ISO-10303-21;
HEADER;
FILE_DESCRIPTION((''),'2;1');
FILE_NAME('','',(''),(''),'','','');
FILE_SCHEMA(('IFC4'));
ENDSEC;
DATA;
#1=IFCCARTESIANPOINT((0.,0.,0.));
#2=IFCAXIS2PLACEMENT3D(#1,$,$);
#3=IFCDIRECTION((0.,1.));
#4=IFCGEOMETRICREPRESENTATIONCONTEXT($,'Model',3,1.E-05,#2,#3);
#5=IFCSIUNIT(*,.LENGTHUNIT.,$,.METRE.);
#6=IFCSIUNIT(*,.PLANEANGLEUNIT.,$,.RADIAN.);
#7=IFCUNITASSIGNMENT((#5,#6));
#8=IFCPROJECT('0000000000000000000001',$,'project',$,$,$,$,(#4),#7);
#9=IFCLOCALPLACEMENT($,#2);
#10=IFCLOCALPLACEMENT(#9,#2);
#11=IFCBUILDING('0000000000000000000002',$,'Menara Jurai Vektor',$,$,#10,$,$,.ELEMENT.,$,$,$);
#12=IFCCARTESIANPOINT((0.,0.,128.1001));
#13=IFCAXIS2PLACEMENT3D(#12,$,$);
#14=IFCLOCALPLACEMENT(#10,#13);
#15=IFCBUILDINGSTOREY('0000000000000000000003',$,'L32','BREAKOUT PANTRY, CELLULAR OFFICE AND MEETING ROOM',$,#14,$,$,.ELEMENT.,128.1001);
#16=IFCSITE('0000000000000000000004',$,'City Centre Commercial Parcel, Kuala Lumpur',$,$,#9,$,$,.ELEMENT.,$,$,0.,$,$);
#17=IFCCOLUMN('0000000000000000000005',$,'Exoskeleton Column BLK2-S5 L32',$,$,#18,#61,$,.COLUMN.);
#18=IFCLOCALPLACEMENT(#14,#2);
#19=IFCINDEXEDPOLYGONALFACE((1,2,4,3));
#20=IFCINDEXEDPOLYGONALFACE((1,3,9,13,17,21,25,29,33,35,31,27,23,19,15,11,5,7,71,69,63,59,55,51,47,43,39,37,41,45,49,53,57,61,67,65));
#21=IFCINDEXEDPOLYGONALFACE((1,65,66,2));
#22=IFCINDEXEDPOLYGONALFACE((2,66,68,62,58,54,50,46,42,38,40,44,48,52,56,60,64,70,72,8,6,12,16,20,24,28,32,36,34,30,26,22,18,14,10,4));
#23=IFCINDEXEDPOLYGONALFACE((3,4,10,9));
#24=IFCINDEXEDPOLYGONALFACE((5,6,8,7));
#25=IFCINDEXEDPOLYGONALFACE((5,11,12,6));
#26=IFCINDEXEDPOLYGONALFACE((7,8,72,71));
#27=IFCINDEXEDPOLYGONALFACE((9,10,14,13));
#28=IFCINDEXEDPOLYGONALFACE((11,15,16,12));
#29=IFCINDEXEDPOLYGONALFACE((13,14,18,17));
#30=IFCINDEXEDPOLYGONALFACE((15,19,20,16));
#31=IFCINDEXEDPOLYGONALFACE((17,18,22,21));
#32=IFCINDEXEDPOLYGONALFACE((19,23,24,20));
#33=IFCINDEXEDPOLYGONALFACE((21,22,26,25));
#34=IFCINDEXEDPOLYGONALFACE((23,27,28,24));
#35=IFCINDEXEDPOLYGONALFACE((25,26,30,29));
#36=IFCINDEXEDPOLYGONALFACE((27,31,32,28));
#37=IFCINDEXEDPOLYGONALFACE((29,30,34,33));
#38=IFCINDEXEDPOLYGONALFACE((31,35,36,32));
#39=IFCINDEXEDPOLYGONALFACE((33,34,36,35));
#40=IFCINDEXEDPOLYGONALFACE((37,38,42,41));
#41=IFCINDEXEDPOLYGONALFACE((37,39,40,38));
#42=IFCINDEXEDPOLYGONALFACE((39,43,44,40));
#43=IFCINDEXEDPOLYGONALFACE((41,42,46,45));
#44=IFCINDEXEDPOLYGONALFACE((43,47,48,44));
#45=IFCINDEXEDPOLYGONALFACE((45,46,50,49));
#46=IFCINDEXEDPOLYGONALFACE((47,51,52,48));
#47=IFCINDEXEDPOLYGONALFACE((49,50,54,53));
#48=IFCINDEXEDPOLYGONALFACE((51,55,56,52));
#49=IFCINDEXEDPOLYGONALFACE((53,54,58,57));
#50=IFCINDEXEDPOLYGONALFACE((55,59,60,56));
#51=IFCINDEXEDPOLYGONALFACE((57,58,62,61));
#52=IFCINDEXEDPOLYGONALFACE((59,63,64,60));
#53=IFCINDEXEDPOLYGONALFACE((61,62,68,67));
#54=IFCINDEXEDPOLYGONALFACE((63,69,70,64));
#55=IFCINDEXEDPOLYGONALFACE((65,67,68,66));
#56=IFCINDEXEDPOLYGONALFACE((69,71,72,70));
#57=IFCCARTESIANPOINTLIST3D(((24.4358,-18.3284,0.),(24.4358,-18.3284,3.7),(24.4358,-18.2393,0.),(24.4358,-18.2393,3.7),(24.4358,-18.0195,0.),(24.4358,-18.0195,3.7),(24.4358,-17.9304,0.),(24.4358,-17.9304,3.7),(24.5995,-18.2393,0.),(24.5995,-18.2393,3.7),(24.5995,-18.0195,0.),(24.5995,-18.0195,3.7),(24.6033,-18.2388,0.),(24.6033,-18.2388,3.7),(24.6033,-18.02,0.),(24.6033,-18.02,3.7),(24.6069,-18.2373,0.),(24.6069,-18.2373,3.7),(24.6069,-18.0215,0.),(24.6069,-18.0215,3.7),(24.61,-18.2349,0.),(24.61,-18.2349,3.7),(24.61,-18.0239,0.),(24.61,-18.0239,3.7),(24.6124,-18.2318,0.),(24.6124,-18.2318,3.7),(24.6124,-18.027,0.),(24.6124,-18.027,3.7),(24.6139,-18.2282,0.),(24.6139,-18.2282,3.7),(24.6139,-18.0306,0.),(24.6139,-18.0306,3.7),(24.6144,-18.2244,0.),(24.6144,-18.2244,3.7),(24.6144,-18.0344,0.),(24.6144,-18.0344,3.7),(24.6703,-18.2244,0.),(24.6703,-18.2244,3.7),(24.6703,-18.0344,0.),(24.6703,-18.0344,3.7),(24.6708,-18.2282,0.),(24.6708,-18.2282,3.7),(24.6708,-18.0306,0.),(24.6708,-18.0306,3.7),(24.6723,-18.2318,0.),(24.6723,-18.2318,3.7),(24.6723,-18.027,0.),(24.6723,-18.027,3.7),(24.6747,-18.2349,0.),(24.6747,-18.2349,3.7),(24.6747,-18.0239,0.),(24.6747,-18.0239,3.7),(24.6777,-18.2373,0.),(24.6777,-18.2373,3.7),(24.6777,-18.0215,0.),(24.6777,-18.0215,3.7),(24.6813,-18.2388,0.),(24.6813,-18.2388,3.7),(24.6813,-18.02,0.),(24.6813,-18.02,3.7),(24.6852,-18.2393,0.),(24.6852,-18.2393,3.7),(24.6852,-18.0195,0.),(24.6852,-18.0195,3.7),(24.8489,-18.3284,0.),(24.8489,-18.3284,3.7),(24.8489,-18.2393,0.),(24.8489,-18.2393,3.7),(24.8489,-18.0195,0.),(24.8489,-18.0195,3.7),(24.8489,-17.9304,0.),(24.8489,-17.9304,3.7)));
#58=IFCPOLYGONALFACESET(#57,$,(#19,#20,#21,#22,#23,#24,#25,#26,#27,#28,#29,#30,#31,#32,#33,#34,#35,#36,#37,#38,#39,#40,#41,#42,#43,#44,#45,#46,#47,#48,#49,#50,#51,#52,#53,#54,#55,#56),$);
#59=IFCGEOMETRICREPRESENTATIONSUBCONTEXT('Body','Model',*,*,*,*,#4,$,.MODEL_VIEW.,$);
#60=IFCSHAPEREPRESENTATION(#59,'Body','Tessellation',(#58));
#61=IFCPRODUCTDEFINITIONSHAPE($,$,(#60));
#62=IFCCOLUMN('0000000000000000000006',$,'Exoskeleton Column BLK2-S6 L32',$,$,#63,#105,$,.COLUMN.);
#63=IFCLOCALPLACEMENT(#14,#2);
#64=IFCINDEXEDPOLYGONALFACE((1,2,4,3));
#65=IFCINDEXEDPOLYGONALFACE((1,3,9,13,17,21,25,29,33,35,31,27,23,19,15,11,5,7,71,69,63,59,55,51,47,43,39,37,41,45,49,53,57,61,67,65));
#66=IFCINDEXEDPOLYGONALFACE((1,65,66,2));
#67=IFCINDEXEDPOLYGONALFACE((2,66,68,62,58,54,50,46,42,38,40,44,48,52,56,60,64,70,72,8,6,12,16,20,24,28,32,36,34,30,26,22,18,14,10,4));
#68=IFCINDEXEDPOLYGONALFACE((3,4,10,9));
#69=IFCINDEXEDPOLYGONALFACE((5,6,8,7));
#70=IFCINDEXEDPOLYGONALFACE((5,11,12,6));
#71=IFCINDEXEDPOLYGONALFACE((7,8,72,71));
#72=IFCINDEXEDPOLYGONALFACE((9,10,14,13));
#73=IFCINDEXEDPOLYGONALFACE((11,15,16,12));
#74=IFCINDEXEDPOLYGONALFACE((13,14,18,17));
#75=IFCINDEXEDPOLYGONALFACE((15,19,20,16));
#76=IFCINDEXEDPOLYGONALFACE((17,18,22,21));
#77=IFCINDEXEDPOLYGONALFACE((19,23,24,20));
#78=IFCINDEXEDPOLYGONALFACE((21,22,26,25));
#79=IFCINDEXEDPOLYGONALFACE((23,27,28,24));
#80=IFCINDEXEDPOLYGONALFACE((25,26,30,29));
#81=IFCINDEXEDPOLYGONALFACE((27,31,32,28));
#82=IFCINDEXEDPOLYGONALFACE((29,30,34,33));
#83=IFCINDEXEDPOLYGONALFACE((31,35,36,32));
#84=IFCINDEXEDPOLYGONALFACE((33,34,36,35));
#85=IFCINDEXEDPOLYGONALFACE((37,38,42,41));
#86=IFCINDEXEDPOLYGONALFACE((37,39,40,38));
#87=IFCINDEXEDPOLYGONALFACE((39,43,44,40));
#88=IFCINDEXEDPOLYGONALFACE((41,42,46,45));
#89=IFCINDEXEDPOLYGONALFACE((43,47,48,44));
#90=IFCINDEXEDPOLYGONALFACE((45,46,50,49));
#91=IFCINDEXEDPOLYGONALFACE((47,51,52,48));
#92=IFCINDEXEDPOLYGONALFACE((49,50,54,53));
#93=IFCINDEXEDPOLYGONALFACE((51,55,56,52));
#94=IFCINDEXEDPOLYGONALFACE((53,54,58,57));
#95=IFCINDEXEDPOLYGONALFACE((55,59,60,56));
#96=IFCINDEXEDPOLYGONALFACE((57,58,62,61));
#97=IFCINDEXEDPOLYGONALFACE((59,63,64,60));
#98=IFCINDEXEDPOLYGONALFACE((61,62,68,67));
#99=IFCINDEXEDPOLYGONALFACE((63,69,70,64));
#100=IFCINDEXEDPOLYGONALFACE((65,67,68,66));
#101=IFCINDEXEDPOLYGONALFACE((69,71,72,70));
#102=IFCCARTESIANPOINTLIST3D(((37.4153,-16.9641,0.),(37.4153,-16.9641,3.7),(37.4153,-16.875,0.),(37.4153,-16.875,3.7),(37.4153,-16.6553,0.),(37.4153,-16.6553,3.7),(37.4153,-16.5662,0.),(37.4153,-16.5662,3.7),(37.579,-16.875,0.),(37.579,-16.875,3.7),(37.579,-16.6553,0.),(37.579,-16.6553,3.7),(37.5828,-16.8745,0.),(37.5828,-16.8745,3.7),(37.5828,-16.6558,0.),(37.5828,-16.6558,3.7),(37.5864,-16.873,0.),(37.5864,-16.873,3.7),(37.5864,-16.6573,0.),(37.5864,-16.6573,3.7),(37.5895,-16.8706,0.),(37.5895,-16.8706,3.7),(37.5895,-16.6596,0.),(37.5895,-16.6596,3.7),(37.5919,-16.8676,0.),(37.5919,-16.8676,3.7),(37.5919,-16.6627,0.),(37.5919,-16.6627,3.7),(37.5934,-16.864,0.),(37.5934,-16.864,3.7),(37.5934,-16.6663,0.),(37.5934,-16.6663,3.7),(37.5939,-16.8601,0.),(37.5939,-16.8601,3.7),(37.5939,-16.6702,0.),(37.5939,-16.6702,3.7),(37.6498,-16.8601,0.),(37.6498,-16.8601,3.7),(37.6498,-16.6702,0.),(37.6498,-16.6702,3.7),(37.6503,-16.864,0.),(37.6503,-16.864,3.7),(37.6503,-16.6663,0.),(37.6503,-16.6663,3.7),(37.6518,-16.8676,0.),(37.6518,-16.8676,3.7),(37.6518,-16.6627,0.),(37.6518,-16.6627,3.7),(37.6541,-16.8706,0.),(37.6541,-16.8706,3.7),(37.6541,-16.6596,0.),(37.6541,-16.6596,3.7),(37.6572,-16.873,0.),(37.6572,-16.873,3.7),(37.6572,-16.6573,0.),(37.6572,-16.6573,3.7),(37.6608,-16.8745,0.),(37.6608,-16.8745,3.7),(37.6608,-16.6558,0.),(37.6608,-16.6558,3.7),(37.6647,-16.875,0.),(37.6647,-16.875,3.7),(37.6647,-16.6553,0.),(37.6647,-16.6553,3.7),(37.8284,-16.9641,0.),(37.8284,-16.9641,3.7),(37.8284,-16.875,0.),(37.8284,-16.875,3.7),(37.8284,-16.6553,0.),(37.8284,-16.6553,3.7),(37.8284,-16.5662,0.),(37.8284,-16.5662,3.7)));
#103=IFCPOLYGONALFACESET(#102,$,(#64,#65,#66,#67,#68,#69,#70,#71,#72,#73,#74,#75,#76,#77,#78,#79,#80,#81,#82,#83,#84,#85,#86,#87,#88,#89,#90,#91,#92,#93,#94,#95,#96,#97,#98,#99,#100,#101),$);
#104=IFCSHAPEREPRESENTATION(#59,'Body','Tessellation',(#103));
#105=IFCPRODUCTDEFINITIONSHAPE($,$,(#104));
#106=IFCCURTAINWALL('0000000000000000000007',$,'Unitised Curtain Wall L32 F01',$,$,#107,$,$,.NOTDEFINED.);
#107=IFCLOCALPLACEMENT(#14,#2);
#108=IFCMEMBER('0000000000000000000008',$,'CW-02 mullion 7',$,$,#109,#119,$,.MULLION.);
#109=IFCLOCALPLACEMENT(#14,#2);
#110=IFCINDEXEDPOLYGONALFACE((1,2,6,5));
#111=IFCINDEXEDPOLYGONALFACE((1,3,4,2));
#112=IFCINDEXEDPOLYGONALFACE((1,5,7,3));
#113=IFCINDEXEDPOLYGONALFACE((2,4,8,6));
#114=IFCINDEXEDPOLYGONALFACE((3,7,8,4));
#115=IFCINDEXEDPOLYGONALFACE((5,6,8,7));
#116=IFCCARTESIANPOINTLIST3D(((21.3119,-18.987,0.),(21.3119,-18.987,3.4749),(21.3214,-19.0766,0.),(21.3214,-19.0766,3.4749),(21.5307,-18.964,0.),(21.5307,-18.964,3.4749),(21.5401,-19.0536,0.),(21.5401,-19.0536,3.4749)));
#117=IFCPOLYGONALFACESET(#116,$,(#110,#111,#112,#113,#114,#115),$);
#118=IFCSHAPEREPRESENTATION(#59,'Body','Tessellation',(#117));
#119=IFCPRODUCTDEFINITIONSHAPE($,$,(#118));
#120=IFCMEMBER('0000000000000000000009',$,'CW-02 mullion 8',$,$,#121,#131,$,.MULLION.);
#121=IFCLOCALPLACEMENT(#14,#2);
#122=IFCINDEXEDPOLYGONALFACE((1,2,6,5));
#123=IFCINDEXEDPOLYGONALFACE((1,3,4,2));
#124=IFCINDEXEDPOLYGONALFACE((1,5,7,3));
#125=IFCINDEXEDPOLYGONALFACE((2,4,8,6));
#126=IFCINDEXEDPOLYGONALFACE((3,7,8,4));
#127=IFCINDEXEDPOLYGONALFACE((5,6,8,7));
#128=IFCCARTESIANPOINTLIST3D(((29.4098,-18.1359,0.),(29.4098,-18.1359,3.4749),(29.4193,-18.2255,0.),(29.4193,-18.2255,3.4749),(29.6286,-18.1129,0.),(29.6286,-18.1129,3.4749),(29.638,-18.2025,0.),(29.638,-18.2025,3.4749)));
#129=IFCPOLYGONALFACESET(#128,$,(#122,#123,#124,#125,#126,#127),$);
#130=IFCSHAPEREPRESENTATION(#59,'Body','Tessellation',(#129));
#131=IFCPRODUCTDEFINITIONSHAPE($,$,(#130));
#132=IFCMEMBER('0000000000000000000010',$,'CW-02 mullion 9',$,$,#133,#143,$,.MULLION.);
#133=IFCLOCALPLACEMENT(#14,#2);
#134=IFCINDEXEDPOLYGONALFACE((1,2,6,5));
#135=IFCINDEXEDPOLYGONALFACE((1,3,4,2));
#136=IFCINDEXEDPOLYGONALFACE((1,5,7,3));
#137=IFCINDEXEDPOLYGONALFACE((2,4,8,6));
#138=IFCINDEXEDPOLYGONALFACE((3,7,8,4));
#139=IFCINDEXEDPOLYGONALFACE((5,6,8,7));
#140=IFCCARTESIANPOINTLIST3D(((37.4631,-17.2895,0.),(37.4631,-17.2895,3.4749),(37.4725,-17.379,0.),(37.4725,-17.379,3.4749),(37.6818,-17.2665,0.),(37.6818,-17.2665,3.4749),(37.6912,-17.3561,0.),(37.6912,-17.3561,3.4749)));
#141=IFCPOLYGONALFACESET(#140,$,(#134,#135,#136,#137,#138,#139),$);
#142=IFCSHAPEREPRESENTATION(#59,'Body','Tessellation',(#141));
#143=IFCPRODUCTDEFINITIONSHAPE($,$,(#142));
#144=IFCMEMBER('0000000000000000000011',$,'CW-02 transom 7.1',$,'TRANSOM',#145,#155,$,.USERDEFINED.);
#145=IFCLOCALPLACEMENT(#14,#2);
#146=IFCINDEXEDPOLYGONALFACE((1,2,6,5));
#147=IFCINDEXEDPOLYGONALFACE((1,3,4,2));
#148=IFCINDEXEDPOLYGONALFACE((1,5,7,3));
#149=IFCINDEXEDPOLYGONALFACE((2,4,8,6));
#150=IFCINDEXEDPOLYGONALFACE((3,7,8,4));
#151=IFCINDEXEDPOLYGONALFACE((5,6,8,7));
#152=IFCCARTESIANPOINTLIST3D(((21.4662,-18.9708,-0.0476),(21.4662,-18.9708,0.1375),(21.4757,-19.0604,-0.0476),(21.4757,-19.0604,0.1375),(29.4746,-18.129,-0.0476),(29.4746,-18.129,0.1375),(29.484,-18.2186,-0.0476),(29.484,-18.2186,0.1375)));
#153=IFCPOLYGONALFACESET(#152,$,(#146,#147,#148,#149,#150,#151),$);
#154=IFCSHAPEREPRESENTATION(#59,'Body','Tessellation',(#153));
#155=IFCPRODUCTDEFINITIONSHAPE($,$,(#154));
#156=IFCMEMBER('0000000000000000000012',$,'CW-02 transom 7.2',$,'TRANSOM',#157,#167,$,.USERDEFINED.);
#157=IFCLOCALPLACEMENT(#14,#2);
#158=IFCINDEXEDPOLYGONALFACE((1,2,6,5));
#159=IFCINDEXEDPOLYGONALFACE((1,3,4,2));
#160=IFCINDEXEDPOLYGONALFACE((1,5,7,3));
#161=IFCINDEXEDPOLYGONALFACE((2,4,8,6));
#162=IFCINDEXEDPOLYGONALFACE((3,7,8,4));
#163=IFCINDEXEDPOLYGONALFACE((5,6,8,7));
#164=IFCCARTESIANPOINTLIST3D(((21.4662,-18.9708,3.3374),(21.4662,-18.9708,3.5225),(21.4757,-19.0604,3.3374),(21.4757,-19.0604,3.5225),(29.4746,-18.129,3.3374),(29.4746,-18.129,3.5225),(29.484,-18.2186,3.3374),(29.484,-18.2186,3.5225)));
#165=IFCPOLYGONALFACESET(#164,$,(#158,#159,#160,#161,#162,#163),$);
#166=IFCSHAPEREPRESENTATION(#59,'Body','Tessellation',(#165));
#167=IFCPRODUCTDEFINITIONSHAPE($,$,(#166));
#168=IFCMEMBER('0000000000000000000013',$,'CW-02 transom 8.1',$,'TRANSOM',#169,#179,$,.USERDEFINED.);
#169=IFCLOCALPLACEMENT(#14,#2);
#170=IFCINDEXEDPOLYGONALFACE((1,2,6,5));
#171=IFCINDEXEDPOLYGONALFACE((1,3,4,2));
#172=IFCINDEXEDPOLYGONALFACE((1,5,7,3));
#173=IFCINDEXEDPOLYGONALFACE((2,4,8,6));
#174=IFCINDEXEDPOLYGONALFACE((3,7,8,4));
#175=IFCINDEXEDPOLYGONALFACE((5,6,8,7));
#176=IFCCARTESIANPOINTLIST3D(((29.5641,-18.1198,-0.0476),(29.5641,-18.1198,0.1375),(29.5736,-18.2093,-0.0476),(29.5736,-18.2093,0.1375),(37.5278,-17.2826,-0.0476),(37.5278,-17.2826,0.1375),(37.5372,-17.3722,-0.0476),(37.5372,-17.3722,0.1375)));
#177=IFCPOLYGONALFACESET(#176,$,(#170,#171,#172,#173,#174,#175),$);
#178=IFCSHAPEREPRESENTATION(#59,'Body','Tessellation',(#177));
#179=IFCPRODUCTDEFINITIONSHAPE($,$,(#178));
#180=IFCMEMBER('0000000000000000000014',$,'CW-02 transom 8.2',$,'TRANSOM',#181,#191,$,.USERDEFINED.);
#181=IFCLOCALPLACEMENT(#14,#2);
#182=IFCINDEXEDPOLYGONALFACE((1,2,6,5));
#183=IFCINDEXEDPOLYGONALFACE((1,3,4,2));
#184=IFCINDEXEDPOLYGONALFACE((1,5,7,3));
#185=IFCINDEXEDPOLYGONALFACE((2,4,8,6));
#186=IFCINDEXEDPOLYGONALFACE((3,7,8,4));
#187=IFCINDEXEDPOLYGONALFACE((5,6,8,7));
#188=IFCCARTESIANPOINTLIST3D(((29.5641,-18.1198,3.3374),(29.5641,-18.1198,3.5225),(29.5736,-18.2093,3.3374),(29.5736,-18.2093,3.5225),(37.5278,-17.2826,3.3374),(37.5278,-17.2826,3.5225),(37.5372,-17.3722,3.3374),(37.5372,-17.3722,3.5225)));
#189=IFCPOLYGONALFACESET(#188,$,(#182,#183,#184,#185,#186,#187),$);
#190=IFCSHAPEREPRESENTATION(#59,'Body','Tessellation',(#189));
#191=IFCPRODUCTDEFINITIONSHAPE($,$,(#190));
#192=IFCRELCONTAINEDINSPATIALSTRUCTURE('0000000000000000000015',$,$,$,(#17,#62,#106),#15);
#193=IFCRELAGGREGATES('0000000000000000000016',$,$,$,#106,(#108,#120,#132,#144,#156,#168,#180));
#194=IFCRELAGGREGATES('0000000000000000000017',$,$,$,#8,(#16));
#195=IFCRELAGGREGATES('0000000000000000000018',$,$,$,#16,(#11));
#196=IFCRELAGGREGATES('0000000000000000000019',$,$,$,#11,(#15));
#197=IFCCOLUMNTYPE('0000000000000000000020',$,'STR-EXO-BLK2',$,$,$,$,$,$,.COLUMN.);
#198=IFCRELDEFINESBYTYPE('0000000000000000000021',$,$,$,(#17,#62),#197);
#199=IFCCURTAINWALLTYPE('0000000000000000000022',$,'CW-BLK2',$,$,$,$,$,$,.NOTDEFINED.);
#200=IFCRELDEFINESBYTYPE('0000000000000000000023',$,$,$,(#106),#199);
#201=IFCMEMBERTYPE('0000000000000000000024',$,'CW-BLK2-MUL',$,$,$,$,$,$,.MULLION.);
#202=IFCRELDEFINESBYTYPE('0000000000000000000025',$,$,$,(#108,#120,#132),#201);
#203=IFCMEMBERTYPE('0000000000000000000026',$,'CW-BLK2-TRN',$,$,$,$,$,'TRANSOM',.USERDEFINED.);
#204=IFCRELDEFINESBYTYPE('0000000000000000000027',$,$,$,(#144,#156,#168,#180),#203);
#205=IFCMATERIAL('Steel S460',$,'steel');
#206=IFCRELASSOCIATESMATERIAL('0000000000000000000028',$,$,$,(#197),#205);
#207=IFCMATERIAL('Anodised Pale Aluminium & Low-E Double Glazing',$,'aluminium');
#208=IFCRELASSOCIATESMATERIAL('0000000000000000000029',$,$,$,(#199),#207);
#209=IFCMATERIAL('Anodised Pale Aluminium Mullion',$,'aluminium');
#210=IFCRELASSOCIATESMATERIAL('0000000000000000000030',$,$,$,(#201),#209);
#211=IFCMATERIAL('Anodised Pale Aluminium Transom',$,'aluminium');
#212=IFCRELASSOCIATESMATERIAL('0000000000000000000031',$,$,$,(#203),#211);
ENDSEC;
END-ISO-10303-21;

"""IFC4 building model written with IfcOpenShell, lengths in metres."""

from ifc_helpers import new_model, si_unit, direction, frame, origin, origin_2d, place, context, subcontext, project, spatial, rectangle, i_section, extrude, material, material_profile, profile_set, type_object, element, aggregate, save


model = new_model("IFC4")

# Units and contexts
model_context = context("Model", 3, precision=1e-05, world=origin(), true_north=direction((0.0, 1.0)))
body_context = subcontext(model_context, "Body", "Model", "MODEL_VIEW")
ifc_project = project(units=[si_unit("LENGTHUNIT", "METRE"), si_unit("PLANEANGLEUNIT", "RADIAN")], contexts=[model_context])

# Site, building, storey
site_placement = place(None, origin())
site = spatial("IfcSite", under=ifc_project, at=site_placement, Name="City Centre Commercial Parcel, Kuala Lumpur", CompositionType="ELEMENT", RefElevation=0.0)
building_placement = place(site_placement, origin())
building = spatial("IfcBuilding", under=site, at=building_placement, Name="Menara Jurai Vektor", CompositionType="ELEMENT")
storey_placement = place(building_placement, frame((0.0, 0.0, 128.1001)))
storey = spatial("IfcBuildingStorey", under=building, at=storey_placement, Name="L32", Description="BREAKOUT PANTRY, CELLULAR OFFICE AND MEETING ROOM", CompositionType="ELEMENT", Elevation=128.1001)

# Columns
ifc_material_1 = material(Name="Steel S460", Category="steel")
ifc_material_profile_1 = material_profile(ifc_material_1, i_section(OverallWidth=0.4131, OverallDepth=0.3979, WebThickness=0.0559, FlangeThickness=0.0891, FilletRadius=0.0149, at=origin_2d()), Name="HD 400x744")
ifc_profile_set_1 = profile_set([ifc_material_profile_1], Name="Steel S460")
column_type = type_object("IfcColumnType", Name="STR-EXO-BLK2", PredefinedType="COLUMN", material=ifc_profile_set_1)
for number, where, z_axis, x_axis, name in (
    (1, (24.6423, -18.1294, 0.0), (0.0, 0.0, 1.0), (1.0, 0.0, 0.0), "Exoskeleton Column BLK2-S5 L32"),
    (2, (37.6218, -16.7651, 0.0), (0.0, 0.0, 1.0), (1.0, 0.0, 0.0), "Exoskeleton Column BLK2-S6 L32"),
):
    element("IfcColumn", number, at=place(storey_placement, frame(where, z_axis=z_axis, x_axis=x_axis)), inside=storey, type_object=column_type, Name=name, PredefinedType="COLUMN", context=body_context, shape_type="SweptSolid", body=[
        extrude(i_section(OverallWidth=0.4131, OverallDepth=0.3979, WebThickness=0.0559, FlangeThickness=0.0891, FilletRadius=0.0149, at=origin_2d()), origin(), (0.0, 0.0, 1.0), 3.7),
    ])

# Curtain wall, members
ifc_material_2 = material(Name="Anodised Pale Aluminium & Low-E Double Glazing", Category="aluminium")
curtain_wall_type = type_object("IfcCurtainWallType", Name="CW-BLK2", PredefinedType="NOTDEFINED", material=ifc_material_2)
curtain_wall_placement = place(storey_placement, origin())
curtain_wall = element("IfcCurtainWall", 3, at=curtain_wall_placement, inside=storey, type_object=curtain_wall_type, Name="Unitised Curtain Wall L32 F01", PredefinedType="NOTDEFINED")
ifc_material_3 = material(Name="Anodised Pale Aluminium Mullion", Category="aluminium")
ifc_material_profile_2 = material_profile(ifc_material_3, rectangle(XDim=0.0901, YDim=0.22, at=origin_2d()), Name="ALU MUL 90x220")
ifc_profile_set_2 = profile_set([ifc_material_profile_2], Name="Anodised Pale Aluminium Mullion")
member_type_1 = type_object("IfcMemberType", Name="CW-BLK2-MUL", PredefinedType="MULLION", material=ifc_profile_set_2)
member_1_placement = place(storey_placement, frame((21.426, -19.0203, 0.0), z_axis=(0.0, 0.0, 1.0), x_axis=(-0.104529, 0.994522, 0.0)))
member_1 = element("IfcMember", 4, at=member_1_placement, type_object=member_type_1, Name="CW-02 mullion 7", PredefinedType="MULLION", context=body_context, shape_type="SweptSolid", body=[
    extrude(rectangle(XDim=0.0901, YDim=0.22, at=origin_2d()), origin(), (0.0, 0.0, 1.0), 3.4749),
])
member_2_placement = place(storey_placement, frame((29.5239, -18.1692, 0.0), z_axis=(0.0, 0.0, 1.0), x_axis=(-0.104529, 0.994522, 0.0)))
member_2 = element("IfcMember", 5, at=member_2_placement, type_object=member_type_1, Name="CW-02 mullion 8", PredefinedType="MULLION", context=body_context, shape_type="SweptSolid", body=[
    extrude(rectangle(XDim=0.0901, YDim=0.22, at=origin_2d()), origin(), (0.0, 0.0, 1.0), 3.4749),
])
member_3_placement = place(storey_placement, frame((37.5771, -17.3228, 0.0), z_axis=(0.0, 0.0, 1.0), x_axis=(-0.104529, 0.994522, 0.0)))
member_3 = element("IfcMember", 6, at=member_3_placement, type_object=member_type_1, Name="CW-02 mullion 9", PredefinedType="MULLION", context=body_context, shape_type="SweptSolid", body=[
    extrude(rectangle(XDim=0.0901, YDim=0.22, at=origin_2d()), origin(), (0.0, 0.0, 1.0), 3.4749),
])
ifc_material_4 = material(Name="Anodised Pale Aluminium Transom", Category="aluminium")
ifc_material_profile_3 = material_profile(ifc_material_4, rectangle(XDim=0.0901, YDim=0.1851, at=origin_2d()), Name="ALU TRN 90x185")
ifc_profile_set_3 = profile_set([ifc_material_profile_3], Name="Anodised Pale Aluminium Transom")
member_type_2 = type_object("IfcMemberType", Name="CW-BLK2-TRN", ElementType="TRANSOM", PredefinedType="USERDEFINED", material=ifc_profile_set_3)
member_4_placement = place(storey_placement, frame((21.4709, -19.0156, 0.0449), z_axis=(0.994521, 0.10454, 0.0), x_axis=(-0.10454, 0.994521, 0.0)))
member_4 = element("IfcMember", 7, at=member_4_placement, type_object=member_type_2, Name="CW-02 transom 7.1", ObjectType="TRANSOM", PredefinedType="USERDEFINED", context=body_context, shape_type="SweptSolid", body=[
    extrude(rectangle(XDim=0.0901, YDim=0.1851, at=origin_2d()), origin(), (0.0, 0.0, 1.0), 8.0525),
])
member_5_placement = place(storey_placement, frame((21.4709, -19.0156, 3.4299), z_axis=(0.994521, 0.10454, 0.0), x_axis=(-0.10454, 0.994521, 0.0)))
member_5 = element("IfcMember", 8, at=member_5_placement, type_object=member_type_2, Name="CW-02 transom 7.2", ObjectType="TRANSOM", PredefinedType="USERDEFINED", context=body_context, shape_type="SweptSolid", body=[
    extrude(rectangle(XDim=0.0901, YDim=0.1851, at=origin_2d()), origin(), (0.0, 0.0, 1.0), 8.0525),
])
member_6_placement = place(storey_placement, frame((29.5688, -18.1646, 0.0449), z_axis=(0.99452, 0.104547, 0.0), x_axis=(-0.104547, 0.99452, 0.0)))
member_6 = element("IfcMember", 9, at=member_6_placement, type_object=member_type_2, Name="CW-02 transom 8.1", ObjectType="TRANSOM", PredefinedType="USERDEFINED", context=body_context, shape_type="SweptSolid", body=[
    extrude(rectangle(XDim=0.0901, YDim=0.1851, at=origin_2d()), origin(), (0.0, 0.0, 1.0), 8.0076),
])
member_7_placement = place(storey_placement, frame((29.5688, -18.1646, 3.4299), z_axis=(0.99452, 0.104547, 0.0), x_axis=(-0.104547, 0.99452, 0.0)))
member_7 = element("IfcMember", 10, at=member_7_placement, type_object=member_type_2, Name="CW-02 transom 8.2", ObjectType="TRANSOM", PredefinedType="USERDEFINED", context=body_context, shape_type="SweptSolid", body=[
    extrude(rectangle(XDim=0.0901, YDim=0.1851, at=origin_2d()), origin(), (0.0, 0.0, 1.0), 8.0076),
])

aggregate(curtain_wall, [member_1, member_2, member_3, member_4, member_5, member_6, member_7])

save(model, "model.ifc")
